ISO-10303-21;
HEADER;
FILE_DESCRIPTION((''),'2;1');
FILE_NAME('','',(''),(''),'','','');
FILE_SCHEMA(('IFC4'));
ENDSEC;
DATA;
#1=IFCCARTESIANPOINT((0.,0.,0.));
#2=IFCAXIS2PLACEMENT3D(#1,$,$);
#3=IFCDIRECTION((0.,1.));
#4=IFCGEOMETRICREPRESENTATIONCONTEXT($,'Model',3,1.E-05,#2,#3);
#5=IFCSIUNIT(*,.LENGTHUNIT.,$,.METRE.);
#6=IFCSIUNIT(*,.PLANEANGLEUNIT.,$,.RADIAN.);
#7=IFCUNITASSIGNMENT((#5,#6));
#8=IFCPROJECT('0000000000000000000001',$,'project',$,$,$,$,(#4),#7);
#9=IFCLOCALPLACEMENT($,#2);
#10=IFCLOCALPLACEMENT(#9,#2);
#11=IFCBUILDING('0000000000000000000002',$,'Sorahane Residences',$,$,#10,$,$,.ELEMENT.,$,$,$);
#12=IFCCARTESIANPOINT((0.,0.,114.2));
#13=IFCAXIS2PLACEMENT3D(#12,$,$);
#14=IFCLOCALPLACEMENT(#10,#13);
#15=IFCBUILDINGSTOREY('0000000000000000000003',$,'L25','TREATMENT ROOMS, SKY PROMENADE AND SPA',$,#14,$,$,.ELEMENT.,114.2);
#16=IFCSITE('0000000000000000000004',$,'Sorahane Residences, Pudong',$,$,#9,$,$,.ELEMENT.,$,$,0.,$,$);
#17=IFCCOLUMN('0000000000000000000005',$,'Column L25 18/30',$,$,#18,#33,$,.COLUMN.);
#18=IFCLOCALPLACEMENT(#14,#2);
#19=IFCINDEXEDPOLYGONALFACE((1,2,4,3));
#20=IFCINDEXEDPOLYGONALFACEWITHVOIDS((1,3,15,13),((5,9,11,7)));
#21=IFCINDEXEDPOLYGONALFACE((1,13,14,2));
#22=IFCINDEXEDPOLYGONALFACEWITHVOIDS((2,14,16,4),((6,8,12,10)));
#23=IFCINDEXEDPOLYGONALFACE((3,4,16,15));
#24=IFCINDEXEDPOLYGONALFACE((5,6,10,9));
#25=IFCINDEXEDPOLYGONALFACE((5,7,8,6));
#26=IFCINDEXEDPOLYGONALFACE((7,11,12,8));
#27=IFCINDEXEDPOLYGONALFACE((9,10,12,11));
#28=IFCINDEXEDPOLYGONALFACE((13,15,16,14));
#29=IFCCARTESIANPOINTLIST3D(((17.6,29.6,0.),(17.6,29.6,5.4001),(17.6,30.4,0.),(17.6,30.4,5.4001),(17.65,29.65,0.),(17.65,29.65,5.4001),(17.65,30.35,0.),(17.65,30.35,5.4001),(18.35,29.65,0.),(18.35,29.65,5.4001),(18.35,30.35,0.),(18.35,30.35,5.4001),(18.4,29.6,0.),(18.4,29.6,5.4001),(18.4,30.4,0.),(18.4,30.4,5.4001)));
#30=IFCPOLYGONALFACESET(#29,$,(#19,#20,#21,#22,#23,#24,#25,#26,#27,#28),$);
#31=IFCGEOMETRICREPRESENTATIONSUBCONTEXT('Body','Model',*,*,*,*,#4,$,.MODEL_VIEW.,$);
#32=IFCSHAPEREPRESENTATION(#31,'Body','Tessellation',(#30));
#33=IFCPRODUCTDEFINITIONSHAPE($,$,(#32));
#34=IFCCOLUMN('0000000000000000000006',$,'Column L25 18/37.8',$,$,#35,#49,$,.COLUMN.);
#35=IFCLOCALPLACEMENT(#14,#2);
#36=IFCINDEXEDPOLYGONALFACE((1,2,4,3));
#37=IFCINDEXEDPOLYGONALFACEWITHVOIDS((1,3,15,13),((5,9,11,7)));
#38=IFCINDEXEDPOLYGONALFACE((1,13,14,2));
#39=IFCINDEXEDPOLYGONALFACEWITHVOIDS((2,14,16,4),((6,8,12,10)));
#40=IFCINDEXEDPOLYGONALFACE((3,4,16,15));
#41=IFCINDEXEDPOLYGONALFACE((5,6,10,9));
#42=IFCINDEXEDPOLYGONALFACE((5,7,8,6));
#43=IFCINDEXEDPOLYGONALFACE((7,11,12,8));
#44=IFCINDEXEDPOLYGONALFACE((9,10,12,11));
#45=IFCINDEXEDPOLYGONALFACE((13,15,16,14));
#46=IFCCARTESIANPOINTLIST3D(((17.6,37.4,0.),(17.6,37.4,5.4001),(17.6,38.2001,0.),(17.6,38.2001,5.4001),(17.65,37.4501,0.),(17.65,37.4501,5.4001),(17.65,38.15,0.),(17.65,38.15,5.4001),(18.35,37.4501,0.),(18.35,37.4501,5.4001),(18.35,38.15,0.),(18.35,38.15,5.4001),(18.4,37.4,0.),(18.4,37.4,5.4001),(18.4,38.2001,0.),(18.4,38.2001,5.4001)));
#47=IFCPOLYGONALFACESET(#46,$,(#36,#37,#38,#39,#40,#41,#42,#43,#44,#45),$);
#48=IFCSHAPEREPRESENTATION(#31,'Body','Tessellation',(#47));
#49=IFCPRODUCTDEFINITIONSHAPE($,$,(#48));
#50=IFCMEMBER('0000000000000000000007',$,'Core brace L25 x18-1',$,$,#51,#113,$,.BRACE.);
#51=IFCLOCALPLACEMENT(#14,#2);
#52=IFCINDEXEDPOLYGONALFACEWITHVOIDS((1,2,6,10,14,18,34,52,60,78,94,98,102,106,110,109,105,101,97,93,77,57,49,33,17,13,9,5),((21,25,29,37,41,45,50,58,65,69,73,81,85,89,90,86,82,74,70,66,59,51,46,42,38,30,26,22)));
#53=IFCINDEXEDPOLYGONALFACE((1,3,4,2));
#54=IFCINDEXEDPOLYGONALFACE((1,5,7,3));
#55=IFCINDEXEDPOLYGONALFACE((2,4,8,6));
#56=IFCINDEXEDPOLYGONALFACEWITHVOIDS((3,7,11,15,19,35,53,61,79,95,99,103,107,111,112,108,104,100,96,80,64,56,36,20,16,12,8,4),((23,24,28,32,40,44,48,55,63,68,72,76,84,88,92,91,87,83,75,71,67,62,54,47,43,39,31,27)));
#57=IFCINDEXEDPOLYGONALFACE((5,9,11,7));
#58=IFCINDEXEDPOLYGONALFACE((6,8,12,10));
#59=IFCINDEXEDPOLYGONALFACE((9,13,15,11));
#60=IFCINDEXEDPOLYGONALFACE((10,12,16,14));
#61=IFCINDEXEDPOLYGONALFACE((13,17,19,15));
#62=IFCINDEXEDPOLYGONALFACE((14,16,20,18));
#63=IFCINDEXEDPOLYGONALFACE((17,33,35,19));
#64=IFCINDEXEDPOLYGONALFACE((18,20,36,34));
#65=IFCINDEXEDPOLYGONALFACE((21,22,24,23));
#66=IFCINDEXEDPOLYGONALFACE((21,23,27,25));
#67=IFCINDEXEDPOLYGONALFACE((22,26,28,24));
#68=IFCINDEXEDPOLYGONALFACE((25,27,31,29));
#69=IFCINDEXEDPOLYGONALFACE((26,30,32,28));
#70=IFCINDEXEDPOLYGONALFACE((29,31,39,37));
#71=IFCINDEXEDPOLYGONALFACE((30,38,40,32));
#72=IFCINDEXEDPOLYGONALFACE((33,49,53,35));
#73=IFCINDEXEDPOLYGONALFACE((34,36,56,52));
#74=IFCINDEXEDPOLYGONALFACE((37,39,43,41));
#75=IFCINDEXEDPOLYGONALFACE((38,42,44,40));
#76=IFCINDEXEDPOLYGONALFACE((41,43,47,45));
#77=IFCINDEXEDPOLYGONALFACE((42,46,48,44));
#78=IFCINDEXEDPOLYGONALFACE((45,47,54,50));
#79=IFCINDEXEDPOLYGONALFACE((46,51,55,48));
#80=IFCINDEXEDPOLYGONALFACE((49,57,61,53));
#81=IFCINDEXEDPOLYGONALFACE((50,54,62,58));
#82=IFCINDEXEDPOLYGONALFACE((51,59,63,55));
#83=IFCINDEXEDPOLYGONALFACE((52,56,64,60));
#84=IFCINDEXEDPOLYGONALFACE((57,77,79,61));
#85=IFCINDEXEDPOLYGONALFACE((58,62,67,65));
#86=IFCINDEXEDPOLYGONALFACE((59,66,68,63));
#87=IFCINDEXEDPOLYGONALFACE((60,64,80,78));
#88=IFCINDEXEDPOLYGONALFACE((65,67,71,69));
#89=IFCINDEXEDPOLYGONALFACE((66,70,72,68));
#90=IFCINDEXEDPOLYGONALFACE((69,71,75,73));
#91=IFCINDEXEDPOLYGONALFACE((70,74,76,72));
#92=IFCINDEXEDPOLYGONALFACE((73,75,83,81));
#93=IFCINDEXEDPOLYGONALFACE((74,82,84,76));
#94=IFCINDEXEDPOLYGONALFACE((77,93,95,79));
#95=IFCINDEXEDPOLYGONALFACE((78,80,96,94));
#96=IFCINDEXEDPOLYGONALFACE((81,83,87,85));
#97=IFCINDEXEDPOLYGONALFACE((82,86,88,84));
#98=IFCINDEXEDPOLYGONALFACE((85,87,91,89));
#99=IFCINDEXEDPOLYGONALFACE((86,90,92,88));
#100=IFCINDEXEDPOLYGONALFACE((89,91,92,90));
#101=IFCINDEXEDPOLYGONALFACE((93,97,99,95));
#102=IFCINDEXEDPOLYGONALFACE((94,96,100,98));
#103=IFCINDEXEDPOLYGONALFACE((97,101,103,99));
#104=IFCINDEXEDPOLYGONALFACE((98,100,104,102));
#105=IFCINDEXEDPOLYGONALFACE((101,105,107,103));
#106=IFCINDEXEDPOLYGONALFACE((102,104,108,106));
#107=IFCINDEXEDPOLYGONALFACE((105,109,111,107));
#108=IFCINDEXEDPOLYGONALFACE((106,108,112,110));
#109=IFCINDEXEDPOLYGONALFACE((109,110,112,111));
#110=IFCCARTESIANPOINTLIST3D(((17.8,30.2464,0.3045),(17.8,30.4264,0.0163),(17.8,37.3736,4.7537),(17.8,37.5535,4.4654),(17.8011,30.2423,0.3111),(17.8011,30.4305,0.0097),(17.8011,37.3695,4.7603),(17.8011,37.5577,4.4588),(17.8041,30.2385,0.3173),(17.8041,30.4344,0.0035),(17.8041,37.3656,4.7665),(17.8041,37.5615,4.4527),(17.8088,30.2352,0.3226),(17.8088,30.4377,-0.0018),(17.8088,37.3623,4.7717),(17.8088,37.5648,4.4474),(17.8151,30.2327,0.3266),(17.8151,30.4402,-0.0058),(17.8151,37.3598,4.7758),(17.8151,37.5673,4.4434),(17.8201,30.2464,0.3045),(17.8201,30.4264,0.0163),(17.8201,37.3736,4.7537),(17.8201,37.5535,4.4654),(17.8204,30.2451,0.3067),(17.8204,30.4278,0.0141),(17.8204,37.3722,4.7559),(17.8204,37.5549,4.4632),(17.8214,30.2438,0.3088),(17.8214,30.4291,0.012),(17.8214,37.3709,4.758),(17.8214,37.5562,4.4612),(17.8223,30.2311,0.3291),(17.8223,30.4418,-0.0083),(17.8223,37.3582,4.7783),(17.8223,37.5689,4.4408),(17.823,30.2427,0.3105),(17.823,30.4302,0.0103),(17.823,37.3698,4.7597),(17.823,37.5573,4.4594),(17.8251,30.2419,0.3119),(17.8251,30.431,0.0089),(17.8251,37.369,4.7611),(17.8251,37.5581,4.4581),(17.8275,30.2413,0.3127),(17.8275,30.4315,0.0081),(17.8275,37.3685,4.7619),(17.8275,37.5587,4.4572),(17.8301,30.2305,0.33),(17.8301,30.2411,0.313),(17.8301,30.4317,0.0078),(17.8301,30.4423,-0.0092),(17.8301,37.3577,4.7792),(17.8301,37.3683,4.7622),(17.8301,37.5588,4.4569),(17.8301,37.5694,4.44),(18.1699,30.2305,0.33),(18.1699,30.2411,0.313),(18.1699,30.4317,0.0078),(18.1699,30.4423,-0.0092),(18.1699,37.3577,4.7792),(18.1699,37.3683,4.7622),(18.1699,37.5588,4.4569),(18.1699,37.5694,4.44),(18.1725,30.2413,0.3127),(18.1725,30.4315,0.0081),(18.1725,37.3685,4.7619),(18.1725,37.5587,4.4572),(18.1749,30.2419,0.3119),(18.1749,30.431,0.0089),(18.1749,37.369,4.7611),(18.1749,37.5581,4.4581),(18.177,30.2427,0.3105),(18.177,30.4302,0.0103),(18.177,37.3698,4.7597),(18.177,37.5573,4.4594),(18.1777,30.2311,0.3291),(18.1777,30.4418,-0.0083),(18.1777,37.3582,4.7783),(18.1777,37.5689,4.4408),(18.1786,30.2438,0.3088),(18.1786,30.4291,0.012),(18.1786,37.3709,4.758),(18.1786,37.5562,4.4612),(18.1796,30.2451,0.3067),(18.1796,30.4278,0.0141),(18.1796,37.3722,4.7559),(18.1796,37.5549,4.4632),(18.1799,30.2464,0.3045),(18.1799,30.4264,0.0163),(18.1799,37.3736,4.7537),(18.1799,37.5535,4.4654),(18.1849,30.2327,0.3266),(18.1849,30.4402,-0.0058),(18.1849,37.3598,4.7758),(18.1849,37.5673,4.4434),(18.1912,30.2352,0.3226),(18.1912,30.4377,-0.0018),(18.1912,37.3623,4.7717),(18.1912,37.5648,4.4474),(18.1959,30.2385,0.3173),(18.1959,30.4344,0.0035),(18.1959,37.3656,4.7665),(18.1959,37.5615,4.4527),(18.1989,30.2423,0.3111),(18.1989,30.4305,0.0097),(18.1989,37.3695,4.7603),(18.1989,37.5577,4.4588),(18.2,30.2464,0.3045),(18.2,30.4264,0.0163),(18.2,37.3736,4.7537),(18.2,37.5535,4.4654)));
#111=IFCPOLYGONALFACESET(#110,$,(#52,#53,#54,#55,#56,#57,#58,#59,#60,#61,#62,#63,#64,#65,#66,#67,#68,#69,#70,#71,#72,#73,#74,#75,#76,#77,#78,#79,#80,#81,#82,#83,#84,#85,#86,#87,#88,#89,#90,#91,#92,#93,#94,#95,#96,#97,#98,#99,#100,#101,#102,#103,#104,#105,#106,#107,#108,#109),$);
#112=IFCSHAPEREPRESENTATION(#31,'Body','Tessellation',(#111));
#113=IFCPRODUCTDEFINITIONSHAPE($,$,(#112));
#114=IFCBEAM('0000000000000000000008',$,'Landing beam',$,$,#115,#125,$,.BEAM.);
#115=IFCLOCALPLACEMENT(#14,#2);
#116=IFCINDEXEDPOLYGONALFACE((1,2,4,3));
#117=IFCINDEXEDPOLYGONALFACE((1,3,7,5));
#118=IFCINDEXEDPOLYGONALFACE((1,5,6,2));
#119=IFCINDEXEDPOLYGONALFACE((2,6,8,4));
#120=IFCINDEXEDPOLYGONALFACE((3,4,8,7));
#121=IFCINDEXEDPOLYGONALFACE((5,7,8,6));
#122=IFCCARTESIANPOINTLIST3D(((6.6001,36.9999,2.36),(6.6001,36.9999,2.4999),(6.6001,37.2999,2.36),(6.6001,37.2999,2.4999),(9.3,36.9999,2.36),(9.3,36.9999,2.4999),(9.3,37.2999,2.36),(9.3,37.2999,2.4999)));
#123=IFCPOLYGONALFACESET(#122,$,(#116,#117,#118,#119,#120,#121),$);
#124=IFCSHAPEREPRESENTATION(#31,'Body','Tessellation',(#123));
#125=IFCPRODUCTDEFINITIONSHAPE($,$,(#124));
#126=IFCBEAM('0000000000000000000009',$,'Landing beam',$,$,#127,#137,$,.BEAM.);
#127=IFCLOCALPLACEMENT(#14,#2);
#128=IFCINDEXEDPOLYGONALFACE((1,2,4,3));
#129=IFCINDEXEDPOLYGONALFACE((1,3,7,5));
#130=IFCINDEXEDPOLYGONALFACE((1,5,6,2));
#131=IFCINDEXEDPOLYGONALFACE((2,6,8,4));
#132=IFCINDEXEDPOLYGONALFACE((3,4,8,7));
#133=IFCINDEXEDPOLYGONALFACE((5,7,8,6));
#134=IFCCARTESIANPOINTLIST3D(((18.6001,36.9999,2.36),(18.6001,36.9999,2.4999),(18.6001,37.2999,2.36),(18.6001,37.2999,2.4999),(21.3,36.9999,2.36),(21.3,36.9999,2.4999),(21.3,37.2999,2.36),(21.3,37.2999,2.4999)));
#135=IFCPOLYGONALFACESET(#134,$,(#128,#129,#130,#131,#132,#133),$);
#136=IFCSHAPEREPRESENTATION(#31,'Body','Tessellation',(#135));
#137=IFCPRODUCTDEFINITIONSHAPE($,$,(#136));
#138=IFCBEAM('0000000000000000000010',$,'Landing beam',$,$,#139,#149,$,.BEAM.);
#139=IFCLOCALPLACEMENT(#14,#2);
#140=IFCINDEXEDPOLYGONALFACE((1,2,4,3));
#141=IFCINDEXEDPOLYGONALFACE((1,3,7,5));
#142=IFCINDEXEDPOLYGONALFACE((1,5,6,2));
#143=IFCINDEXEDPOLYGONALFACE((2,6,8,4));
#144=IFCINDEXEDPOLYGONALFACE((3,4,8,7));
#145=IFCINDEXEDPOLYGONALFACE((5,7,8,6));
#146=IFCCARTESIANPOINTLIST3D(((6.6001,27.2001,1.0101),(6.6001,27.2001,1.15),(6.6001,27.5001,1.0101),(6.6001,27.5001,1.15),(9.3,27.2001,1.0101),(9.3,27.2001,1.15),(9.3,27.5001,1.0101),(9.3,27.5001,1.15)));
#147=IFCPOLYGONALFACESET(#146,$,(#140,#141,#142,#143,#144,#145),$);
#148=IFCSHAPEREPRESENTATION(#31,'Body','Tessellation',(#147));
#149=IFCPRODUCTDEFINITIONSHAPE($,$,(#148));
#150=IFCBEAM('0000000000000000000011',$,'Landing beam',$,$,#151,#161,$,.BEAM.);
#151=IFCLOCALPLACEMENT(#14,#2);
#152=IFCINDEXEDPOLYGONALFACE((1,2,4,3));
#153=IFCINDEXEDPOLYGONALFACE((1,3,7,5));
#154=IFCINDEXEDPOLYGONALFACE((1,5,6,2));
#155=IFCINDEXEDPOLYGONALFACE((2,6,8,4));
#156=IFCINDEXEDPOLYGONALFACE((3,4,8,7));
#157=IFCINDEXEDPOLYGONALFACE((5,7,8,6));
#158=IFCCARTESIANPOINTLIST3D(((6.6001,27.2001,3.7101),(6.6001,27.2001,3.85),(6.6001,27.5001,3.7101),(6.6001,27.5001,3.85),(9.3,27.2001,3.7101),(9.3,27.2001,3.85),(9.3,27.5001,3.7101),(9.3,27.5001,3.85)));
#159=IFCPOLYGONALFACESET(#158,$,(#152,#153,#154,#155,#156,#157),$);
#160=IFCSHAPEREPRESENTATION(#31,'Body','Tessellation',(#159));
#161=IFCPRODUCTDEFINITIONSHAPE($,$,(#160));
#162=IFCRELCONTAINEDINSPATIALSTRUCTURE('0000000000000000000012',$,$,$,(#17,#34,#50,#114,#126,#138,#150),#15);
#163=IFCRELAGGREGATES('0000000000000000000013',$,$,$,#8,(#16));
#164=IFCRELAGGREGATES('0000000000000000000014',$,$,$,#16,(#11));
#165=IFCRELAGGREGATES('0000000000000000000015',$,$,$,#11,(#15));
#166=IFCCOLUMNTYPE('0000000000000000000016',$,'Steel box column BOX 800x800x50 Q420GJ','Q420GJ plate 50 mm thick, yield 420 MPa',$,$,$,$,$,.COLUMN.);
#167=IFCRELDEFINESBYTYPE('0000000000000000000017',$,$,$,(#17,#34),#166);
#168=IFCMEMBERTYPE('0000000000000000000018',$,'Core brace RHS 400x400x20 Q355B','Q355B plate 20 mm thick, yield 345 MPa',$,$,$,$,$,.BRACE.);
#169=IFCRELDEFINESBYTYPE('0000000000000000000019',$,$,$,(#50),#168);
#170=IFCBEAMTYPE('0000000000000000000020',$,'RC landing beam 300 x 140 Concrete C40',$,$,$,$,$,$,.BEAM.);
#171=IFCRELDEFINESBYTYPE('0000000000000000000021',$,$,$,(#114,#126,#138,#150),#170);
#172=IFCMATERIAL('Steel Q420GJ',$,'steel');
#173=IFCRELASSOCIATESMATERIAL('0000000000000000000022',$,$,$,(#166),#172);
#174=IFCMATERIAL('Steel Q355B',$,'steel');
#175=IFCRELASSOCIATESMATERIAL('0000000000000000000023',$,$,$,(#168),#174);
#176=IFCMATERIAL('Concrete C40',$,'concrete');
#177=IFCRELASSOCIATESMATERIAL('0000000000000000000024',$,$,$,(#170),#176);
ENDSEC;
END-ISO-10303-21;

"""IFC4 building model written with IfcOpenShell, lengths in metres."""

from ifc_helpers import new_model, si_unit, direction, frame, origin, origin_2d, place, context, subcontext, project, spatial, rectangle, hollow_rectangle, extrude, material, material_profile, profile_set, type_object, element, save


model = new_model("IFC4")

# Units and contexts
model_context = context("Model", 3, precision=1e-05, world=origin(), true_north=direction((0.0, 1.0)))
body_context = subcontext(model_context, "Body", "Model", "MODEL_VIEW")
ifc_project = project(units=[si_unit("LENGTHUNIT", "METRE"), si_unit("PLANEANGLEUNIT", "RADIAN")], contexts=[model_context])

# Site, building, storey
site_placement = place(None, origin())
site = spatial("IfcSite", under=ifc_project, at=site_placement, Name="Sorahane Residences, Pudong", CompositionType="ELEMENT", RefElevation=0.0)
building_placement = place(site_placement, origin())
building = spatial("IfcBuilding", under=site, at=building_placement, Name="Sorahane Residences", CompositionType="ELEMENT")
storey_placement = place(building_placement, frame((0.0, 0.0, 114.2)))
storey = spatial("IfcBuildingStorey", under=building, at=storey_placement, Name="L25", Description="TREATMENT ROOMS, SKY PROMENADE AND SPA", CompositionType="ELEMENT", Elevation=114.2)

# Columns
ifc_material_1 = material(Name="Steel Q420GJ", Category="steel")
ifc_material_profile_1 = material_profile(ifc_material_1, hollow_rectangle(XDim=0.8, YDim=0.8, WallThickness=0.05, at=origin_2d()), Name="BOX 800x800x50")
ifc_profile_set_1 = profile_set([ifc_material_profile_1], Name="Steel Q420GJ")
column_type = type_object("IfcColumnType", Name="Steel box column BOX 800x800x50 Q420GJ", Description="Q420GJ plate 50 mm thick, yield 420 MPa", PredefinedType="COLUMN", material=ifc_profile_set_1)
for number, where, z_axis, x_axis, name in (
    (1, (18.0, 30.0, 0.0), (0.0, 0.0, 1.0), (1.0, 0.0, 0.0), "Column L25 18/30"),
    (2, (18.0, 37.8, 0.0), (0.0, 0.0, 1.0), (1.0, 0.0, 0.0), "Column L25 18/37.8"),
):
    element("IfcColumn", number, at=place(storey_placement, frame(where, z_axis=z_axis, x_axis=x_axis)), inside=storey, type_object=column_type, Name=name, PredefinedType="COLUMN", context=body_context, shape_type="SweptSolid", body=[
        extrude(hollow_rectangle(XDim=0.8, YDim=0.8, WallThickness=0.05, at=origin_2d()), origin(), (0.0, 0.0, 1.0), 5.4001),
    ])

# Member
ifc_material_2 = material(Name="Steel Q355B", Category="steel")
ifc_material_profile_2 = material_profile(ifc_material_2, hollow_rectangle(XDim=0.3999, YDim=0.3999, WallThickness=0.02, InnerFilletRadius=0.01, OuterFilletRadius=0.03, at=origin_2d()), Name="RHS 400x400x20")
ifc_profile_set_2 = profile_set([ifc_material_profile_2], Name="Steel Q355B")
member_type = type_object("IfcMemberType", Name="Core brace RHS 400x400x20 Q355B", Description="Q355B plate 20 mm thick, yield 345 MPa", PredefinedType="BRACE", material=ifc_profile_set_2)
member_placement = place(storey_placement, frame((18.0, 30.3364, 0.1604), z_axis=(0.0, 0.848281, 0.529547), x_axis=(-1.0, 0.0, 0.0)))
element("IfcMember", 3, at=member_placement, inside=storey, type_object=member_type, Name="Core brace L25 x18-1", PredefinedType="BRACE", context=body_context, shape_type="SweptSolid", body=[
    extrude(hollow_rectangle(XDim=0.3999, YDim=0.3999, WallThickness=0.02, InnerFilletRadius=0.01, OuterFilletRadius=0.03, at=origin_2d()), origin(), (0.0, 0.0, 1.0), 8.4019),
])

# Beams
ifc_material_3 = material(Name="Concrete C40", Category="concrete")
ifc_material_profile_3 = material_profile(ifc_material_3, rectangle(XDim=0.3, YDim=0.1399, at=origin_2d()), Name="300x140")
ifc_profile_set_3 = profile_set([ifc_material_profile_3], Name="Concrete C40")
beam_type_1 = type_object("IfcBeamType", Name="RC landing beam 300 x 140 Concrete C40", PredefinedType="BEAM", material=ifc_profile_set_3)
for number, where, z_axis, x_axis, name in (
    (4, (6.6001, 37.1499, 2.4299), (1.0, 0.0, 0.0), (0.0, 1.0, 0.0), "Landing beam"),
    (5, (18.6001, 37.1499, 2.4299), (1.0, 0.0, 0.0), (0.0, 1.0, 0.0), "Landing beam"),
    (6, (6.6001, 27.3501, 1.0801), (1.0, 0.0, 0.0), (0.0, 1.0, 0.0), "Landing beam"),
    (7, (6.6001, 27.3501, 3.78), (1.0, 0.0, 0.0), (0.0, 1.0, 0.0), "Landing beam"),
):
    element("IfcBeam", number, at=place(storey_placement, frame(where, z_axis=z_axis, x_axis=x_axis)), inside=storey, type_object=beam_type_1, Name=name, PredefinedType="BEAM", context=body_context, shape_type="SweptSolid", body=[
        extrude(rectangle(XDim=0.3, YDim=0.1399, at=origin_2d()), origin(), (0.0, 0.0, 1.0), 2.7),
    ])

save(model, "model.ifc")
